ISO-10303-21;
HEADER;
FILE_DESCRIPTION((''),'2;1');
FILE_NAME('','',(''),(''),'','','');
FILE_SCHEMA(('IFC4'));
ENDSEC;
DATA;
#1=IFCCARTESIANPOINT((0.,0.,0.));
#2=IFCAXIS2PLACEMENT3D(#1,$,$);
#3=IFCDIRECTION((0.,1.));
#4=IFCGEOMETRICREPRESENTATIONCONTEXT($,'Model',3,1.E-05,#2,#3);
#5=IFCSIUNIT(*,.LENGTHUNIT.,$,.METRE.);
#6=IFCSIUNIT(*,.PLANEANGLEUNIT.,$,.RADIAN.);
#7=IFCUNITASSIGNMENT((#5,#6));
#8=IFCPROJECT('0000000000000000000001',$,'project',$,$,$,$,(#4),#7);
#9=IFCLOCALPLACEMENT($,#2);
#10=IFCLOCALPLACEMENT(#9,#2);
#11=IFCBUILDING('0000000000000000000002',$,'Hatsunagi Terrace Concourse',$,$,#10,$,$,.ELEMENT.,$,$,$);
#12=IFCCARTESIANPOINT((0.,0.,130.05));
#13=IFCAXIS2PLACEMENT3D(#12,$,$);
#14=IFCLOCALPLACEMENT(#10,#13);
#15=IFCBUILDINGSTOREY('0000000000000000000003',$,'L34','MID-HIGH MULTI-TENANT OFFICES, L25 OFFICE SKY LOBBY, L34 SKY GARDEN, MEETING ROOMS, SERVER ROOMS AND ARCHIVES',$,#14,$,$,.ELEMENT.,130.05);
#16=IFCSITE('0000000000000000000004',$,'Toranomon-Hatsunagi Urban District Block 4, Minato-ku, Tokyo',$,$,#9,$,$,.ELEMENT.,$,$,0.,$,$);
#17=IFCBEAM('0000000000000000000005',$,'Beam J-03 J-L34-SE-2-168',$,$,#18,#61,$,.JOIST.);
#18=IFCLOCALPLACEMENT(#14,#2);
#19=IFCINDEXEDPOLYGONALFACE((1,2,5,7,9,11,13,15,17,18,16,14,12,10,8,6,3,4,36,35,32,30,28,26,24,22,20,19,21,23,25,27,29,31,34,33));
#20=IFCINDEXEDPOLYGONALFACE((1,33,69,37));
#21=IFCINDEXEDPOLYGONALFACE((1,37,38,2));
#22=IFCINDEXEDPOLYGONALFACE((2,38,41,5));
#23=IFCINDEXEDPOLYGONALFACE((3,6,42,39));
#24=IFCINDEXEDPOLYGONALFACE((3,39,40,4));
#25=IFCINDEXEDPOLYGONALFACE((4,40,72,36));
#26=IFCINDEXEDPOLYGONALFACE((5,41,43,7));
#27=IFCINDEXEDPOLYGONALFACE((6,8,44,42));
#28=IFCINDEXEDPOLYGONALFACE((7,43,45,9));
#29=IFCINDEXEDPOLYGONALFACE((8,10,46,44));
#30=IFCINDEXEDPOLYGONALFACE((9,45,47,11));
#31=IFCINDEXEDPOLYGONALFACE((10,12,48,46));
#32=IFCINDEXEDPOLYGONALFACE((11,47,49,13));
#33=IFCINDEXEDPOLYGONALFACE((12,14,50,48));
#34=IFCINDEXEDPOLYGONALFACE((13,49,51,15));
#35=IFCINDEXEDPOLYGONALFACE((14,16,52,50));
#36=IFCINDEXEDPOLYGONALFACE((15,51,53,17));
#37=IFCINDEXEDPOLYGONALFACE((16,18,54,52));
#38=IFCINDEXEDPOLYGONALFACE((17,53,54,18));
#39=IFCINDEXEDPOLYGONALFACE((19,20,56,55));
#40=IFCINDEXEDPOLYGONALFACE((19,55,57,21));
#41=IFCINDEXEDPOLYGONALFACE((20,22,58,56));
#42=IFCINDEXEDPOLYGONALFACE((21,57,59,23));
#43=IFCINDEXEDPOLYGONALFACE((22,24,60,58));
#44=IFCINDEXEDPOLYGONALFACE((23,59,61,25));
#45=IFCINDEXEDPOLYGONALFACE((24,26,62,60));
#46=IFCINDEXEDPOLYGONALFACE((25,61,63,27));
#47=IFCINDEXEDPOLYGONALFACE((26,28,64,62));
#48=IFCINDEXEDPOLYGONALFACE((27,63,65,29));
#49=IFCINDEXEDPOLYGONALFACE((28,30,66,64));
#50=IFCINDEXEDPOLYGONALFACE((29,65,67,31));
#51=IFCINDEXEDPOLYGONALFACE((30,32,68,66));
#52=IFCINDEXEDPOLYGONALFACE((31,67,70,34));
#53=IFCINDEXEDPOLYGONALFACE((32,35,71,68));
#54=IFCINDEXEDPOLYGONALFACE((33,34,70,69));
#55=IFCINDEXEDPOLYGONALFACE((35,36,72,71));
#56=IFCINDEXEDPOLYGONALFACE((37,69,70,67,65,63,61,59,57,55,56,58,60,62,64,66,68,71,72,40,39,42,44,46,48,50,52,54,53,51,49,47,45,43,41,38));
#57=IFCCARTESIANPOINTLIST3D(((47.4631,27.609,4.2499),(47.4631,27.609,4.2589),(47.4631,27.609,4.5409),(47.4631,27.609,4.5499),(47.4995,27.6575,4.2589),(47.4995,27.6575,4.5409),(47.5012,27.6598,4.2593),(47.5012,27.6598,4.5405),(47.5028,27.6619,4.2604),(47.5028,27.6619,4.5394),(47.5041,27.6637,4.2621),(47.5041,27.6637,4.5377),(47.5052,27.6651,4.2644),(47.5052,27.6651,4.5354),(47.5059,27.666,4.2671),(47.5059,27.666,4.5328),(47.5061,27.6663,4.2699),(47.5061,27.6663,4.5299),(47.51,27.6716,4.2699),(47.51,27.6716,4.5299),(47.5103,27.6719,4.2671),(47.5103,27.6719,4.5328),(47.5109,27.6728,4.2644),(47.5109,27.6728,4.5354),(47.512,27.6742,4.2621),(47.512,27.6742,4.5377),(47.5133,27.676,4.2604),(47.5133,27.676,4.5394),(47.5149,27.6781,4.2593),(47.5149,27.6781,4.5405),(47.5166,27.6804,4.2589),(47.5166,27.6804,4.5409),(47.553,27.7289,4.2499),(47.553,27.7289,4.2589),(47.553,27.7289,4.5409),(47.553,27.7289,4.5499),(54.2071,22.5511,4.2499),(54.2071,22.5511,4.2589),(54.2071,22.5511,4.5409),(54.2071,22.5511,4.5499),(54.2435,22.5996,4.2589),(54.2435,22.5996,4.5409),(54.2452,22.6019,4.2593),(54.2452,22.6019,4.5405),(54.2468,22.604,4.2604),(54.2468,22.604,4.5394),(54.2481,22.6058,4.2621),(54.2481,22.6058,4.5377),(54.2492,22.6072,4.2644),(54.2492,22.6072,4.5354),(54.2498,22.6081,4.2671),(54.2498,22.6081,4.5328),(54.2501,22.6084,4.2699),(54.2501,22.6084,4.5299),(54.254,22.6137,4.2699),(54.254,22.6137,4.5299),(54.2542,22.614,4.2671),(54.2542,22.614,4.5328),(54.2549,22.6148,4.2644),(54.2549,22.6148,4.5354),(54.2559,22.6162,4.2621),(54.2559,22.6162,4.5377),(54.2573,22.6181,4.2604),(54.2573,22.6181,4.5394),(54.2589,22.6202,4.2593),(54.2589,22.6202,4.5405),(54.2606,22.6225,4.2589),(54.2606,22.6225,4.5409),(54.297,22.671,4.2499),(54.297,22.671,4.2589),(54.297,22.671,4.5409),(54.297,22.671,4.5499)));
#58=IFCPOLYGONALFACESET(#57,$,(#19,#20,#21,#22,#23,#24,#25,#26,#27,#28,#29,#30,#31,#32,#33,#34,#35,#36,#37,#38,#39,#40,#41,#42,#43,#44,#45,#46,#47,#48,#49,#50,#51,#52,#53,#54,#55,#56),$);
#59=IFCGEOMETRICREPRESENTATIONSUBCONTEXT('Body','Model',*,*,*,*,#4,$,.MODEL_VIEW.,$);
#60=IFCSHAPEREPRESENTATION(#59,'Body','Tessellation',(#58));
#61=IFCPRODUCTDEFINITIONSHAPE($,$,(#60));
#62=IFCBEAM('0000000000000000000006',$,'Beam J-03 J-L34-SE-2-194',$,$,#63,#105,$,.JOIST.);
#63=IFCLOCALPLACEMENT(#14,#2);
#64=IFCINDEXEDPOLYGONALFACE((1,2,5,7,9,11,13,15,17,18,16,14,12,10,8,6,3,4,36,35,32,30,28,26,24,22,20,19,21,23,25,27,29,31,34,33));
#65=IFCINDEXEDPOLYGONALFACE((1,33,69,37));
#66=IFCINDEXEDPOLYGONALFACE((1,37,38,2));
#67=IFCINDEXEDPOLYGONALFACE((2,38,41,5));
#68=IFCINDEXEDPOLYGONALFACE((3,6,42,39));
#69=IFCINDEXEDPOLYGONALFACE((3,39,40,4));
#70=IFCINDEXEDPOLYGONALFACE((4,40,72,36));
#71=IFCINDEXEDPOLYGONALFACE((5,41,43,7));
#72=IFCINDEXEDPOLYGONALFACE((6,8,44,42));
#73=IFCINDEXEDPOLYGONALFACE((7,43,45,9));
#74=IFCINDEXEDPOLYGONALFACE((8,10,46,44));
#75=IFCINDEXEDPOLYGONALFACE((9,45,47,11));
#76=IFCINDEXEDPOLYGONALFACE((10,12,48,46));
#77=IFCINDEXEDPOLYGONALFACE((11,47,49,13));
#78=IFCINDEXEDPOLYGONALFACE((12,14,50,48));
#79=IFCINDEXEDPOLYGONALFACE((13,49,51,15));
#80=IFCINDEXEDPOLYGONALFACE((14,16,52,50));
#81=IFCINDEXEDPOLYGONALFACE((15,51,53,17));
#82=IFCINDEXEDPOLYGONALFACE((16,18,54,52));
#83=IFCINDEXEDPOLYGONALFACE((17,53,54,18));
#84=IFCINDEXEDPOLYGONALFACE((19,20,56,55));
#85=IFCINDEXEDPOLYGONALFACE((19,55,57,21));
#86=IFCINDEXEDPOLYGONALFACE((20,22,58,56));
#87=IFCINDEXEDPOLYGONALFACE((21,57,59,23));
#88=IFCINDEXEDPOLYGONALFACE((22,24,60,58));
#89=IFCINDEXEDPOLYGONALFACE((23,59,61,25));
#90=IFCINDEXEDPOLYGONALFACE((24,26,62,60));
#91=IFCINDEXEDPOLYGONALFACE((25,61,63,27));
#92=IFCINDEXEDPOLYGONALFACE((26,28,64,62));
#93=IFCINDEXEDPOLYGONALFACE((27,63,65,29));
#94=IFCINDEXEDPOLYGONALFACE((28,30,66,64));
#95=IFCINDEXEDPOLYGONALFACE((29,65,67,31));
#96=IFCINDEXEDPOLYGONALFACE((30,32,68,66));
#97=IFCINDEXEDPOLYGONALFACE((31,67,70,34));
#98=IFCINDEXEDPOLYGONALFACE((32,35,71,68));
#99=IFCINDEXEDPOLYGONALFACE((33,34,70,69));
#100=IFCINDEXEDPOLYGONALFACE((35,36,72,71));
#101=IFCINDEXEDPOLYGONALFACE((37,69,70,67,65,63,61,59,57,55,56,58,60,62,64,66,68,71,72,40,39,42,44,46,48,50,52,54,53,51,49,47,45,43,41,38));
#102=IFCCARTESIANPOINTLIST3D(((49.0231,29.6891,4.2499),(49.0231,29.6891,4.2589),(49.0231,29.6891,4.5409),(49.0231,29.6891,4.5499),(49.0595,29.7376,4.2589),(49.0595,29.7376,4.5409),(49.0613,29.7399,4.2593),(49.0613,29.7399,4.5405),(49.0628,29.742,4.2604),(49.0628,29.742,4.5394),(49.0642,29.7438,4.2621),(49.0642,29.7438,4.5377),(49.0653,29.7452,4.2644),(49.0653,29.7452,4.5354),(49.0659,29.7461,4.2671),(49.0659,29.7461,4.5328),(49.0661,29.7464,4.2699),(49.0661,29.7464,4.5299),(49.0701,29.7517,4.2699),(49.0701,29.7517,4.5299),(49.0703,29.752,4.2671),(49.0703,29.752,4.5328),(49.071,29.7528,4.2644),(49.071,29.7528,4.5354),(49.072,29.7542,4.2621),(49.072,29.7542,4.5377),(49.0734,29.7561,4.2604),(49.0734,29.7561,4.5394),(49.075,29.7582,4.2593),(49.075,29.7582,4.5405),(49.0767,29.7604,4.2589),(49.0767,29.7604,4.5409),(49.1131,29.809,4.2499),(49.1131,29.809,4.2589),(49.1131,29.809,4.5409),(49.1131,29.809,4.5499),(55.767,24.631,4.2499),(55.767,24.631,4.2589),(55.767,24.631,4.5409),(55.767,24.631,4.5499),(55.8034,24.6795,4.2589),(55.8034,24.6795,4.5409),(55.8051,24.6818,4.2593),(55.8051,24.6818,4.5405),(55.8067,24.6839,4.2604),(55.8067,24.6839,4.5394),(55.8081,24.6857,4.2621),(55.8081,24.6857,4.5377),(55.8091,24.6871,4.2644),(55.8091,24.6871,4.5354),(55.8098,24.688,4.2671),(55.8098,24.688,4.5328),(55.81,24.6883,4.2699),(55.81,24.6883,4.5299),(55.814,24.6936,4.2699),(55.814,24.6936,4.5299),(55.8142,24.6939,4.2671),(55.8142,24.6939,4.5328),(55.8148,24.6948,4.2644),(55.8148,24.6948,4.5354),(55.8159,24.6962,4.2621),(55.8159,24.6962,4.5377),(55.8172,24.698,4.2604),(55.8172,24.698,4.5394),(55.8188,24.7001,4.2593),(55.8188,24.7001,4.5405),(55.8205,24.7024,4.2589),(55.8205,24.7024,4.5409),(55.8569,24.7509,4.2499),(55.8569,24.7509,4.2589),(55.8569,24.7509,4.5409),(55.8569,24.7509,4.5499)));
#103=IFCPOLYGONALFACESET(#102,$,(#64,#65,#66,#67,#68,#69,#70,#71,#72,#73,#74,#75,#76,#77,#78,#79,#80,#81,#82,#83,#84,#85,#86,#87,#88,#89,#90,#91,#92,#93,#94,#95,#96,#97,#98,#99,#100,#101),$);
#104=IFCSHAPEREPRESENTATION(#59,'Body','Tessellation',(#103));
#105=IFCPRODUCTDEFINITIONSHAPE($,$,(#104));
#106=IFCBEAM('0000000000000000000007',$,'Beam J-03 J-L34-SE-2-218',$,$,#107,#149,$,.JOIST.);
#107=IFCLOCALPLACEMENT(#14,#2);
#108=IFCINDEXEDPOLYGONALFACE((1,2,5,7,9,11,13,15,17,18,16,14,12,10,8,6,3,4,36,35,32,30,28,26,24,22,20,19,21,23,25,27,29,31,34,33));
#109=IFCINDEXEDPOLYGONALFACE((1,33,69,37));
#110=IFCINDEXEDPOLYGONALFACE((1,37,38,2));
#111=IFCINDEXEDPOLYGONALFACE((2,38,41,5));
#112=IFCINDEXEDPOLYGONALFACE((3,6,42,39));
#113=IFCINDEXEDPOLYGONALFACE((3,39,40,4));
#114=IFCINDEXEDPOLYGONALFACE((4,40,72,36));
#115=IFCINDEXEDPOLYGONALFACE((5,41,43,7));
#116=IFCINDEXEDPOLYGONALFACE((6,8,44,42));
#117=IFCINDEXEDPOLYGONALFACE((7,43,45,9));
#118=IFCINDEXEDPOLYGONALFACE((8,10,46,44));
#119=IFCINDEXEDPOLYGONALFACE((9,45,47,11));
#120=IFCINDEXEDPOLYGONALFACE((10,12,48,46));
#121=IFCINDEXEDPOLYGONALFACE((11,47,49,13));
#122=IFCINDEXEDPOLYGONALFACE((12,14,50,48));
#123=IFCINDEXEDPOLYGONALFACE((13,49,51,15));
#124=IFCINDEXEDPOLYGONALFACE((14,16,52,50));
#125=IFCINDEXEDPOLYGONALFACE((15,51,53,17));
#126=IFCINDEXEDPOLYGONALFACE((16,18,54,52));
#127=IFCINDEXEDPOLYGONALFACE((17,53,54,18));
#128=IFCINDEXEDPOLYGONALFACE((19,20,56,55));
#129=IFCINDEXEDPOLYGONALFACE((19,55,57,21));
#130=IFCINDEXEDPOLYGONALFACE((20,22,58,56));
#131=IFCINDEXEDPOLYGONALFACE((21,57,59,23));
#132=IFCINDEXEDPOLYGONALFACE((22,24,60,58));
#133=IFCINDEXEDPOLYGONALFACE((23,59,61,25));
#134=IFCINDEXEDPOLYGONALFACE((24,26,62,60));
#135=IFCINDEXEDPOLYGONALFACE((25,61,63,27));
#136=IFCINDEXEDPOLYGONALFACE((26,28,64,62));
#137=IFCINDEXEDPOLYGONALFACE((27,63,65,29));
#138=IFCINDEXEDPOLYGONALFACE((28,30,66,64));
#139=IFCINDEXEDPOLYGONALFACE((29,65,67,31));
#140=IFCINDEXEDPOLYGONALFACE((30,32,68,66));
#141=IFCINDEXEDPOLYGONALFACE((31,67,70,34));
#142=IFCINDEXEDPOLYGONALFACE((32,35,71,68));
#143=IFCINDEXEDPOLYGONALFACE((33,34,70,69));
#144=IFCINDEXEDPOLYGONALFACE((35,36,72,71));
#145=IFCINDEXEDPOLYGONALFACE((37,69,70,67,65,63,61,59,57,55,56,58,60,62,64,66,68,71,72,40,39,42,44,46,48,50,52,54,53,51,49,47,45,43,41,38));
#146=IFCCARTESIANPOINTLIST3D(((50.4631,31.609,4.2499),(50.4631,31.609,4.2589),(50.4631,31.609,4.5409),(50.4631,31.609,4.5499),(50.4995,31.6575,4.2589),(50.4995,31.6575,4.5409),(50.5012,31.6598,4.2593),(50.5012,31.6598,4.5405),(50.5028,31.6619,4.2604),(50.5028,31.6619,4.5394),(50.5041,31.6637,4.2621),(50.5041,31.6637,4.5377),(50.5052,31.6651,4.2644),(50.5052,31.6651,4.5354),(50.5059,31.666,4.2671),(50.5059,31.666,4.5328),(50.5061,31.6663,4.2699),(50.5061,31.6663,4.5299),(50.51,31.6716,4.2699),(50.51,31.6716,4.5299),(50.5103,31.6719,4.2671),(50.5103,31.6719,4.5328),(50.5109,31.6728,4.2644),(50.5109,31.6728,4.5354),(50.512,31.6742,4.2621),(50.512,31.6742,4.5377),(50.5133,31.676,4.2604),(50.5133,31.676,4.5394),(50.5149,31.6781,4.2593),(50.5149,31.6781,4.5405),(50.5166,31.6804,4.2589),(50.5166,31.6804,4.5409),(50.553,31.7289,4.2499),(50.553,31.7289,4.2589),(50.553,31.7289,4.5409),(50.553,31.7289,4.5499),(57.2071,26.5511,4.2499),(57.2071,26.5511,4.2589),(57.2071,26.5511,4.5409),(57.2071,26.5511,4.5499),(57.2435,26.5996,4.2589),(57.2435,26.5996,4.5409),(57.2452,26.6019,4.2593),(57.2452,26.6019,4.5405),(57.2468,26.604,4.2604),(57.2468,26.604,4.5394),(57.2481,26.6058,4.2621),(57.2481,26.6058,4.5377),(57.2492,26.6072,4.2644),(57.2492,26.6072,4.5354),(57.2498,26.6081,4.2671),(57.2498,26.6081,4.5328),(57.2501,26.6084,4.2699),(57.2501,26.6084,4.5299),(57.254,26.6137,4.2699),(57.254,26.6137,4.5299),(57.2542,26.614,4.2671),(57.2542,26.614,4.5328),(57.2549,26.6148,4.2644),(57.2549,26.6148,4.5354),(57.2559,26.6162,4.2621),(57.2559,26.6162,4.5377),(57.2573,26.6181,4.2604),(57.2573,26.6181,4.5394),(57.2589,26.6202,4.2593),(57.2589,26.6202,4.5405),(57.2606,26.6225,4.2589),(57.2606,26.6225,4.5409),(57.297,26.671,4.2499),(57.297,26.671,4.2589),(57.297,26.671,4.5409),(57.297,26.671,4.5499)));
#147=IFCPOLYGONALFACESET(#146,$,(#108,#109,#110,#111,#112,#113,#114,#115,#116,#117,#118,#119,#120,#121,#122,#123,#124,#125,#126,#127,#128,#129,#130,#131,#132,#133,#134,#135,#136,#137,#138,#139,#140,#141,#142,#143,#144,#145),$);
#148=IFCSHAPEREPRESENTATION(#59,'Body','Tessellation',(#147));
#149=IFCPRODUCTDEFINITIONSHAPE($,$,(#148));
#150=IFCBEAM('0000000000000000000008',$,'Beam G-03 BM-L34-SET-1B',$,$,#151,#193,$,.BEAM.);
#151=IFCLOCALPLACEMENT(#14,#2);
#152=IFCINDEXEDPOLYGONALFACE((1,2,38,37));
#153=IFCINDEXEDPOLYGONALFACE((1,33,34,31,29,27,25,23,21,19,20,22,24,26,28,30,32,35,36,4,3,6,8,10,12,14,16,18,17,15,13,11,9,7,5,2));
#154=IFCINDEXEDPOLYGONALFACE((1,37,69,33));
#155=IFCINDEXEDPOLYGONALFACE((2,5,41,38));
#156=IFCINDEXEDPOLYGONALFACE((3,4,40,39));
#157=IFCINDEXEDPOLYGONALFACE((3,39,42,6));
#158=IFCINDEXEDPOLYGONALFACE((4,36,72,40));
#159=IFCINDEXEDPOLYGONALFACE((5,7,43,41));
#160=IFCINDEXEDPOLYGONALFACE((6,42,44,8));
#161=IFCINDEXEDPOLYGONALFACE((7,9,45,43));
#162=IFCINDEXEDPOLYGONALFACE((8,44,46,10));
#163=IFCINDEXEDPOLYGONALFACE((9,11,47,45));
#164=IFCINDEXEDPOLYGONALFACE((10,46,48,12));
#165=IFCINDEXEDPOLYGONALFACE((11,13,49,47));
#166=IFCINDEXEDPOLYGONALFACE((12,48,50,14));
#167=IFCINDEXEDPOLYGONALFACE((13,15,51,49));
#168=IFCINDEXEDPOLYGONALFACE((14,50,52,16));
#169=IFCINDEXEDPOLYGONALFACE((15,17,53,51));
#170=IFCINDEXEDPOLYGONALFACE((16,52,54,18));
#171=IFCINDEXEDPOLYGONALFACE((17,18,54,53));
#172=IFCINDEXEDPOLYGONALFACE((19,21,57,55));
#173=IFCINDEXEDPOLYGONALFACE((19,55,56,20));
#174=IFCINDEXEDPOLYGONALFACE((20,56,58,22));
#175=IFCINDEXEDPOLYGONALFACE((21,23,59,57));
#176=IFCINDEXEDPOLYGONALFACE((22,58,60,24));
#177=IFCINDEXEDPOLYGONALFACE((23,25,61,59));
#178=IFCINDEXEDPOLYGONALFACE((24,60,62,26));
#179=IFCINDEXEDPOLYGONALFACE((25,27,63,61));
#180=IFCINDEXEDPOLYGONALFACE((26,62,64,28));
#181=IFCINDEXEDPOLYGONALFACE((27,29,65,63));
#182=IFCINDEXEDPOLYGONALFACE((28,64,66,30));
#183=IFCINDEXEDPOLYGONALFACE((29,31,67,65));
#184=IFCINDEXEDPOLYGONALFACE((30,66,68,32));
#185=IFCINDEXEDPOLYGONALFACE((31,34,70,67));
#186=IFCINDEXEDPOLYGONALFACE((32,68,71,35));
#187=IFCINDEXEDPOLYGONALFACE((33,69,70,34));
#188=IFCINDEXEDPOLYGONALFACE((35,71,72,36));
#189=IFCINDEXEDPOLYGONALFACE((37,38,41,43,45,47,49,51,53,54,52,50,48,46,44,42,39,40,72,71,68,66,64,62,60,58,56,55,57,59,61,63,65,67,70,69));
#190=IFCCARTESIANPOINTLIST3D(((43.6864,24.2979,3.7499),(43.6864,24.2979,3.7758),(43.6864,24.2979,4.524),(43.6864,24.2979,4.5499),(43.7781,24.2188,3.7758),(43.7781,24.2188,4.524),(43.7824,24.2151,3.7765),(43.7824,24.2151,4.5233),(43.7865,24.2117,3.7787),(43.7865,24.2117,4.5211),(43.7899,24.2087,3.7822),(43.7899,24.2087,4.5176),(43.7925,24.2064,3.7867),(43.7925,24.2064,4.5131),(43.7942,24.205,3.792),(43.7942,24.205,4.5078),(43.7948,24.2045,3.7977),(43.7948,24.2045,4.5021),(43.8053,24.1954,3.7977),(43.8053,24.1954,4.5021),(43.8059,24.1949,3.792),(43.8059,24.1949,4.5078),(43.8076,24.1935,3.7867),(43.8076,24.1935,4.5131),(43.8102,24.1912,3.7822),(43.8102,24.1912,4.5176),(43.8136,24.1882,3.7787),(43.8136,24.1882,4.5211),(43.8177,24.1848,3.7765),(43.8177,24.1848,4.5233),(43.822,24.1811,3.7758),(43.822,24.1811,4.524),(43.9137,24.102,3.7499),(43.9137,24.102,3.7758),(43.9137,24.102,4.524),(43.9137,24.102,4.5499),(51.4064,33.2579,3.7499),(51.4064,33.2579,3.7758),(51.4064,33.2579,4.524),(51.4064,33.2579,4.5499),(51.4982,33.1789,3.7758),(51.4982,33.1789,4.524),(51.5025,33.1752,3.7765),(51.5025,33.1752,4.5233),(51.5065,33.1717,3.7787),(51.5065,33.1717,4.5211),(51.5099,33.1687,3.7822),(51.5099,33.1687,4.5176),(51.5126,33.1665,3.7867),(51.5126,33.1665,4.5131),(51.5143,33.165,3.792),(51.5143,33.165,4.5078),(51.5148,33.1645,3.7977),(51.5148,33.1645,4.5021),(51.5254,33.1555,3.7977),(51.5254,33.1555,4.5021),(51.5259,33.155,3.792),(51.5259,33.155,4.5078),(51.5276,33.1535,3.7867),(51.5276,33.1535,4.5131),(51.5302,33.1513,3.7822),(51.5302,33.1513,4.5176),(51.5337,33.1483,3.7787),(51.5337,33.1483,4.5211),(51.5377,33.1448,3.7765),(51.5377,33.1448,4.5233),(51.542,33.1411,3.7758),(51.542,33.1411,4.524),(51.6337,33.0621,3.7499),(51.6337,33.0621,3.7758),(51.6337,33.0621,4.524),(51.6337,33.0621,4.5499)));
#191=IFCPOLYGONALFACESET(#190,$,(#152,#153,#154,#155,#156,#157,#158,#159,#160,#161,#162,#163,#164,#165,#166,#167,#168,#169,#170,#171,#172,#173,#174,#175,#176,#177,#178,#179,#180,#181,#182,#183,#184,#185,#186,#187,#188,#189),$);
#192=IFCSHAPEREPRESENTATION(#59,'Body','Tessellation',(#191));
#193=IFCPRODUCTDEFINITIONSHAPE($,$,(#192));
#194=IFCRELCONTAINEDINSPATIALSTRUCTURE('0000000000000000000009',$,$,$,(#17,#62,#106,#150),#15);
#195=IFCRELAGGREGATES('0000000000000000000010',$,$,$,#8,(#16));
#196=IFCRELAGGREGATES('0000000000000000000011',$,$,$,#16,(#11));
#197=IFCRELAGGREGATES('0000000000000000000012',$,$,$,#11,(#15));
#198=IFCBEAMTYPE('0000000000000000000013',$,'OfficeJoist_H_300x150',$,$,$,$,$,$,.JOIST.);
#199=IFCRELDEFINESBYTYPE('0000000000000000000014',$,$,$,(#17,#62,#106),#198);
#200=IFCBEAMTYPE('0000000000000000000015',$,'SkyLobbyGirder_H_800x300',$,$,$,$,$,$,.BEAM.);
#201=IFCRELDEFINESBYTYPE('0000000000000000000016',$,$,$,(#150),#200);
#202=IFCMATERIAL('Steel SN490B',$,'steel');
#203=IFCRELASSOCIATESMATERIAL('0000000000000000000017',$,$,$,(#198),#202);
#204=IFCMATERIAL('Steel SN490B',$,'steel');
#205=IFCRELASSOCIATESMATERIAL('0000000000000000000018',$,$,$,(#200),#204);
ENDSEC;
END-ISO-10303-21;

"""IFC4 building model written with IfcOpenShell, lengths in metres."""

from ifc_helpers import new_model, si_unit, direction, frame, origin, origin_2d, place, context, subcontext, project, spatial, i_section, extrude, material, material_profile, profile_set, type_object, element, save


model = new_model("IFC4")

# Units and contexts
model_context = context("Model", 3, precision=1e-05, world=origin(), true_north=direction((0.0, 1.0)))
body_context = subcontext(model_context, "Body", "Model", "MODEL_VIEW")
ifc_project = project(units=[si_unit("LENGTHUNIT", "METRE"), si_unit("PLANEANGLEUNIT", "RADIAN")], contexts=[model_context])

# Site, building, storey
site_placement = place(None, origin())
site = spatial("IfcSite", under=ifc_project, at=site_placement, Name="Toranomon-Hatsunagi Urban District Block 4, Minato-ku, Tokyo", CompositionType="ELEMENT", RefElevation=0.0)
building_placement = place(site_placement, origin())
building = spatial("IfcBuilding", under=site, at=building_placement, Name="Hatsunagi Terrace Concourse", CompositionType="ELEMENT")
storey_placement = place(building_placement, frame((0.0, 0.0, 130.05)))
storey = spatial("IfcBuildingStorey", under=building, at=storey_placement, Name="L34", Description="MID-HIGH MULTI-TENANT OFFICES, L25 OFFICE SKY LOBBY, L34 SKY GARDEN, MEETING ROOMS, SERVER ROOMS AND ARCHIVES", CompositionType="ELEMENT", Elevation=130.05)

# Beams
ifc_material_1 = material(Name="Steel SN490B", Category="steel")
ifc_material_profile_1 = material_profile(ifc_material_1, i_section(OverallWidth=0.1499, OverallDepth=0.3, WebThickness=0.0066, FlangeThickness=0.009, FilletRadius=0.011, at=origin_2d()), Name="H-300x150x6.5x9")
ifc_profile_set_1 = profile_set([ifc_material_profile_1], Name="Steel SN490B")
beam_type_1 = type_object("IfcBeamType", Name="OfficeJoist_H_300x150", PredefinedType="JOIST", material=ifc_profile_set_1)
for number, where, z_axis, x_axis, name in (
    (1, (47.5081, 27.6689, 4.3999), (0.800003, -0.599995, 0.0), (0.599995, 0.800003, 0.0), "Beam J-03 J-L34-SE-2-168"),
    (2, (49.0681, 29.749, 4.3999), (0.79999, -0.600014, 0.0), (0.600014, 0.79999, 0.0), "Beam J-03 J-L34-SE-2-194"),
    (3, (50.5081, 31.6689, 4.3999), (0.800003, -0.599995, 0.0), (0.599995, 0.800003, 0.0), "Beam J-03 J-L34-SE-2-218"),
):
    element("IfcBeam", number, at=place(storey_placement, frame(where, z_axis=z_axis, x_axis=x_axis)), inside=storey, type_object=beam_type_1, Name=name, PredefinedType="JOIST", context=body_context, shape_type="SweptSolid", body=[
        extrude(i_section(OverallWidth=0.1499, OverallDepth=0.3, WebThickness=0.0066, FlangeThickness=0.009, FilletRadius=0.011, at=origin_2d()), origin(), (0.0, 0.0, 1.0), 8.4299),
    ])
ifc_material_2 = material(Name="Steel SN490B", Category="steel")
ifc_material_profile_2 = material_profile(ifc_material_2, i_section(OverallWidth=0.3, OverallDepth=0.8, WebThickness=0.0139, FlangeThickness=0.0259, FilletRadius=0.022, at=origin_2d()), Name="H-800x300x14x26")
ifc_profile_set_2 = profile_set([ifc_material_profile_2], Name="Steel SN490B")
beam_type_2 = type_object("IfcBeamType", Name="SkyLobbyGirder_H_800x300", PredefinedType="BEAM", material=ifc_profile_set_2)
beam_1_placement = place(storey_placement, frame((43.8, 24.2, 4.1499), z_axis=(0.652739, 0.757583, 0.0), x_axis=(-0.757583, 0.652739, 0.0)))
element("IfcBeam", 4, at=beam_1_placement, inside=storey, type_object=beam_type_2, Name="Beam G-03 BM-L34-SET-1B", PredefinedType="BEAM", context=body_context, shape_type="SweptSolid", body=[
    extrude(i_section(OverallWidth=0.3, OverallDepth=0.8, WebThickness=0.0139, FlangeThickness=0.0259, FilletRadius=0.022, at=origin_2d()), origin(), (0.0, 0.0, 1.0), 11.8271),
])

save(model, "model.ifc")
